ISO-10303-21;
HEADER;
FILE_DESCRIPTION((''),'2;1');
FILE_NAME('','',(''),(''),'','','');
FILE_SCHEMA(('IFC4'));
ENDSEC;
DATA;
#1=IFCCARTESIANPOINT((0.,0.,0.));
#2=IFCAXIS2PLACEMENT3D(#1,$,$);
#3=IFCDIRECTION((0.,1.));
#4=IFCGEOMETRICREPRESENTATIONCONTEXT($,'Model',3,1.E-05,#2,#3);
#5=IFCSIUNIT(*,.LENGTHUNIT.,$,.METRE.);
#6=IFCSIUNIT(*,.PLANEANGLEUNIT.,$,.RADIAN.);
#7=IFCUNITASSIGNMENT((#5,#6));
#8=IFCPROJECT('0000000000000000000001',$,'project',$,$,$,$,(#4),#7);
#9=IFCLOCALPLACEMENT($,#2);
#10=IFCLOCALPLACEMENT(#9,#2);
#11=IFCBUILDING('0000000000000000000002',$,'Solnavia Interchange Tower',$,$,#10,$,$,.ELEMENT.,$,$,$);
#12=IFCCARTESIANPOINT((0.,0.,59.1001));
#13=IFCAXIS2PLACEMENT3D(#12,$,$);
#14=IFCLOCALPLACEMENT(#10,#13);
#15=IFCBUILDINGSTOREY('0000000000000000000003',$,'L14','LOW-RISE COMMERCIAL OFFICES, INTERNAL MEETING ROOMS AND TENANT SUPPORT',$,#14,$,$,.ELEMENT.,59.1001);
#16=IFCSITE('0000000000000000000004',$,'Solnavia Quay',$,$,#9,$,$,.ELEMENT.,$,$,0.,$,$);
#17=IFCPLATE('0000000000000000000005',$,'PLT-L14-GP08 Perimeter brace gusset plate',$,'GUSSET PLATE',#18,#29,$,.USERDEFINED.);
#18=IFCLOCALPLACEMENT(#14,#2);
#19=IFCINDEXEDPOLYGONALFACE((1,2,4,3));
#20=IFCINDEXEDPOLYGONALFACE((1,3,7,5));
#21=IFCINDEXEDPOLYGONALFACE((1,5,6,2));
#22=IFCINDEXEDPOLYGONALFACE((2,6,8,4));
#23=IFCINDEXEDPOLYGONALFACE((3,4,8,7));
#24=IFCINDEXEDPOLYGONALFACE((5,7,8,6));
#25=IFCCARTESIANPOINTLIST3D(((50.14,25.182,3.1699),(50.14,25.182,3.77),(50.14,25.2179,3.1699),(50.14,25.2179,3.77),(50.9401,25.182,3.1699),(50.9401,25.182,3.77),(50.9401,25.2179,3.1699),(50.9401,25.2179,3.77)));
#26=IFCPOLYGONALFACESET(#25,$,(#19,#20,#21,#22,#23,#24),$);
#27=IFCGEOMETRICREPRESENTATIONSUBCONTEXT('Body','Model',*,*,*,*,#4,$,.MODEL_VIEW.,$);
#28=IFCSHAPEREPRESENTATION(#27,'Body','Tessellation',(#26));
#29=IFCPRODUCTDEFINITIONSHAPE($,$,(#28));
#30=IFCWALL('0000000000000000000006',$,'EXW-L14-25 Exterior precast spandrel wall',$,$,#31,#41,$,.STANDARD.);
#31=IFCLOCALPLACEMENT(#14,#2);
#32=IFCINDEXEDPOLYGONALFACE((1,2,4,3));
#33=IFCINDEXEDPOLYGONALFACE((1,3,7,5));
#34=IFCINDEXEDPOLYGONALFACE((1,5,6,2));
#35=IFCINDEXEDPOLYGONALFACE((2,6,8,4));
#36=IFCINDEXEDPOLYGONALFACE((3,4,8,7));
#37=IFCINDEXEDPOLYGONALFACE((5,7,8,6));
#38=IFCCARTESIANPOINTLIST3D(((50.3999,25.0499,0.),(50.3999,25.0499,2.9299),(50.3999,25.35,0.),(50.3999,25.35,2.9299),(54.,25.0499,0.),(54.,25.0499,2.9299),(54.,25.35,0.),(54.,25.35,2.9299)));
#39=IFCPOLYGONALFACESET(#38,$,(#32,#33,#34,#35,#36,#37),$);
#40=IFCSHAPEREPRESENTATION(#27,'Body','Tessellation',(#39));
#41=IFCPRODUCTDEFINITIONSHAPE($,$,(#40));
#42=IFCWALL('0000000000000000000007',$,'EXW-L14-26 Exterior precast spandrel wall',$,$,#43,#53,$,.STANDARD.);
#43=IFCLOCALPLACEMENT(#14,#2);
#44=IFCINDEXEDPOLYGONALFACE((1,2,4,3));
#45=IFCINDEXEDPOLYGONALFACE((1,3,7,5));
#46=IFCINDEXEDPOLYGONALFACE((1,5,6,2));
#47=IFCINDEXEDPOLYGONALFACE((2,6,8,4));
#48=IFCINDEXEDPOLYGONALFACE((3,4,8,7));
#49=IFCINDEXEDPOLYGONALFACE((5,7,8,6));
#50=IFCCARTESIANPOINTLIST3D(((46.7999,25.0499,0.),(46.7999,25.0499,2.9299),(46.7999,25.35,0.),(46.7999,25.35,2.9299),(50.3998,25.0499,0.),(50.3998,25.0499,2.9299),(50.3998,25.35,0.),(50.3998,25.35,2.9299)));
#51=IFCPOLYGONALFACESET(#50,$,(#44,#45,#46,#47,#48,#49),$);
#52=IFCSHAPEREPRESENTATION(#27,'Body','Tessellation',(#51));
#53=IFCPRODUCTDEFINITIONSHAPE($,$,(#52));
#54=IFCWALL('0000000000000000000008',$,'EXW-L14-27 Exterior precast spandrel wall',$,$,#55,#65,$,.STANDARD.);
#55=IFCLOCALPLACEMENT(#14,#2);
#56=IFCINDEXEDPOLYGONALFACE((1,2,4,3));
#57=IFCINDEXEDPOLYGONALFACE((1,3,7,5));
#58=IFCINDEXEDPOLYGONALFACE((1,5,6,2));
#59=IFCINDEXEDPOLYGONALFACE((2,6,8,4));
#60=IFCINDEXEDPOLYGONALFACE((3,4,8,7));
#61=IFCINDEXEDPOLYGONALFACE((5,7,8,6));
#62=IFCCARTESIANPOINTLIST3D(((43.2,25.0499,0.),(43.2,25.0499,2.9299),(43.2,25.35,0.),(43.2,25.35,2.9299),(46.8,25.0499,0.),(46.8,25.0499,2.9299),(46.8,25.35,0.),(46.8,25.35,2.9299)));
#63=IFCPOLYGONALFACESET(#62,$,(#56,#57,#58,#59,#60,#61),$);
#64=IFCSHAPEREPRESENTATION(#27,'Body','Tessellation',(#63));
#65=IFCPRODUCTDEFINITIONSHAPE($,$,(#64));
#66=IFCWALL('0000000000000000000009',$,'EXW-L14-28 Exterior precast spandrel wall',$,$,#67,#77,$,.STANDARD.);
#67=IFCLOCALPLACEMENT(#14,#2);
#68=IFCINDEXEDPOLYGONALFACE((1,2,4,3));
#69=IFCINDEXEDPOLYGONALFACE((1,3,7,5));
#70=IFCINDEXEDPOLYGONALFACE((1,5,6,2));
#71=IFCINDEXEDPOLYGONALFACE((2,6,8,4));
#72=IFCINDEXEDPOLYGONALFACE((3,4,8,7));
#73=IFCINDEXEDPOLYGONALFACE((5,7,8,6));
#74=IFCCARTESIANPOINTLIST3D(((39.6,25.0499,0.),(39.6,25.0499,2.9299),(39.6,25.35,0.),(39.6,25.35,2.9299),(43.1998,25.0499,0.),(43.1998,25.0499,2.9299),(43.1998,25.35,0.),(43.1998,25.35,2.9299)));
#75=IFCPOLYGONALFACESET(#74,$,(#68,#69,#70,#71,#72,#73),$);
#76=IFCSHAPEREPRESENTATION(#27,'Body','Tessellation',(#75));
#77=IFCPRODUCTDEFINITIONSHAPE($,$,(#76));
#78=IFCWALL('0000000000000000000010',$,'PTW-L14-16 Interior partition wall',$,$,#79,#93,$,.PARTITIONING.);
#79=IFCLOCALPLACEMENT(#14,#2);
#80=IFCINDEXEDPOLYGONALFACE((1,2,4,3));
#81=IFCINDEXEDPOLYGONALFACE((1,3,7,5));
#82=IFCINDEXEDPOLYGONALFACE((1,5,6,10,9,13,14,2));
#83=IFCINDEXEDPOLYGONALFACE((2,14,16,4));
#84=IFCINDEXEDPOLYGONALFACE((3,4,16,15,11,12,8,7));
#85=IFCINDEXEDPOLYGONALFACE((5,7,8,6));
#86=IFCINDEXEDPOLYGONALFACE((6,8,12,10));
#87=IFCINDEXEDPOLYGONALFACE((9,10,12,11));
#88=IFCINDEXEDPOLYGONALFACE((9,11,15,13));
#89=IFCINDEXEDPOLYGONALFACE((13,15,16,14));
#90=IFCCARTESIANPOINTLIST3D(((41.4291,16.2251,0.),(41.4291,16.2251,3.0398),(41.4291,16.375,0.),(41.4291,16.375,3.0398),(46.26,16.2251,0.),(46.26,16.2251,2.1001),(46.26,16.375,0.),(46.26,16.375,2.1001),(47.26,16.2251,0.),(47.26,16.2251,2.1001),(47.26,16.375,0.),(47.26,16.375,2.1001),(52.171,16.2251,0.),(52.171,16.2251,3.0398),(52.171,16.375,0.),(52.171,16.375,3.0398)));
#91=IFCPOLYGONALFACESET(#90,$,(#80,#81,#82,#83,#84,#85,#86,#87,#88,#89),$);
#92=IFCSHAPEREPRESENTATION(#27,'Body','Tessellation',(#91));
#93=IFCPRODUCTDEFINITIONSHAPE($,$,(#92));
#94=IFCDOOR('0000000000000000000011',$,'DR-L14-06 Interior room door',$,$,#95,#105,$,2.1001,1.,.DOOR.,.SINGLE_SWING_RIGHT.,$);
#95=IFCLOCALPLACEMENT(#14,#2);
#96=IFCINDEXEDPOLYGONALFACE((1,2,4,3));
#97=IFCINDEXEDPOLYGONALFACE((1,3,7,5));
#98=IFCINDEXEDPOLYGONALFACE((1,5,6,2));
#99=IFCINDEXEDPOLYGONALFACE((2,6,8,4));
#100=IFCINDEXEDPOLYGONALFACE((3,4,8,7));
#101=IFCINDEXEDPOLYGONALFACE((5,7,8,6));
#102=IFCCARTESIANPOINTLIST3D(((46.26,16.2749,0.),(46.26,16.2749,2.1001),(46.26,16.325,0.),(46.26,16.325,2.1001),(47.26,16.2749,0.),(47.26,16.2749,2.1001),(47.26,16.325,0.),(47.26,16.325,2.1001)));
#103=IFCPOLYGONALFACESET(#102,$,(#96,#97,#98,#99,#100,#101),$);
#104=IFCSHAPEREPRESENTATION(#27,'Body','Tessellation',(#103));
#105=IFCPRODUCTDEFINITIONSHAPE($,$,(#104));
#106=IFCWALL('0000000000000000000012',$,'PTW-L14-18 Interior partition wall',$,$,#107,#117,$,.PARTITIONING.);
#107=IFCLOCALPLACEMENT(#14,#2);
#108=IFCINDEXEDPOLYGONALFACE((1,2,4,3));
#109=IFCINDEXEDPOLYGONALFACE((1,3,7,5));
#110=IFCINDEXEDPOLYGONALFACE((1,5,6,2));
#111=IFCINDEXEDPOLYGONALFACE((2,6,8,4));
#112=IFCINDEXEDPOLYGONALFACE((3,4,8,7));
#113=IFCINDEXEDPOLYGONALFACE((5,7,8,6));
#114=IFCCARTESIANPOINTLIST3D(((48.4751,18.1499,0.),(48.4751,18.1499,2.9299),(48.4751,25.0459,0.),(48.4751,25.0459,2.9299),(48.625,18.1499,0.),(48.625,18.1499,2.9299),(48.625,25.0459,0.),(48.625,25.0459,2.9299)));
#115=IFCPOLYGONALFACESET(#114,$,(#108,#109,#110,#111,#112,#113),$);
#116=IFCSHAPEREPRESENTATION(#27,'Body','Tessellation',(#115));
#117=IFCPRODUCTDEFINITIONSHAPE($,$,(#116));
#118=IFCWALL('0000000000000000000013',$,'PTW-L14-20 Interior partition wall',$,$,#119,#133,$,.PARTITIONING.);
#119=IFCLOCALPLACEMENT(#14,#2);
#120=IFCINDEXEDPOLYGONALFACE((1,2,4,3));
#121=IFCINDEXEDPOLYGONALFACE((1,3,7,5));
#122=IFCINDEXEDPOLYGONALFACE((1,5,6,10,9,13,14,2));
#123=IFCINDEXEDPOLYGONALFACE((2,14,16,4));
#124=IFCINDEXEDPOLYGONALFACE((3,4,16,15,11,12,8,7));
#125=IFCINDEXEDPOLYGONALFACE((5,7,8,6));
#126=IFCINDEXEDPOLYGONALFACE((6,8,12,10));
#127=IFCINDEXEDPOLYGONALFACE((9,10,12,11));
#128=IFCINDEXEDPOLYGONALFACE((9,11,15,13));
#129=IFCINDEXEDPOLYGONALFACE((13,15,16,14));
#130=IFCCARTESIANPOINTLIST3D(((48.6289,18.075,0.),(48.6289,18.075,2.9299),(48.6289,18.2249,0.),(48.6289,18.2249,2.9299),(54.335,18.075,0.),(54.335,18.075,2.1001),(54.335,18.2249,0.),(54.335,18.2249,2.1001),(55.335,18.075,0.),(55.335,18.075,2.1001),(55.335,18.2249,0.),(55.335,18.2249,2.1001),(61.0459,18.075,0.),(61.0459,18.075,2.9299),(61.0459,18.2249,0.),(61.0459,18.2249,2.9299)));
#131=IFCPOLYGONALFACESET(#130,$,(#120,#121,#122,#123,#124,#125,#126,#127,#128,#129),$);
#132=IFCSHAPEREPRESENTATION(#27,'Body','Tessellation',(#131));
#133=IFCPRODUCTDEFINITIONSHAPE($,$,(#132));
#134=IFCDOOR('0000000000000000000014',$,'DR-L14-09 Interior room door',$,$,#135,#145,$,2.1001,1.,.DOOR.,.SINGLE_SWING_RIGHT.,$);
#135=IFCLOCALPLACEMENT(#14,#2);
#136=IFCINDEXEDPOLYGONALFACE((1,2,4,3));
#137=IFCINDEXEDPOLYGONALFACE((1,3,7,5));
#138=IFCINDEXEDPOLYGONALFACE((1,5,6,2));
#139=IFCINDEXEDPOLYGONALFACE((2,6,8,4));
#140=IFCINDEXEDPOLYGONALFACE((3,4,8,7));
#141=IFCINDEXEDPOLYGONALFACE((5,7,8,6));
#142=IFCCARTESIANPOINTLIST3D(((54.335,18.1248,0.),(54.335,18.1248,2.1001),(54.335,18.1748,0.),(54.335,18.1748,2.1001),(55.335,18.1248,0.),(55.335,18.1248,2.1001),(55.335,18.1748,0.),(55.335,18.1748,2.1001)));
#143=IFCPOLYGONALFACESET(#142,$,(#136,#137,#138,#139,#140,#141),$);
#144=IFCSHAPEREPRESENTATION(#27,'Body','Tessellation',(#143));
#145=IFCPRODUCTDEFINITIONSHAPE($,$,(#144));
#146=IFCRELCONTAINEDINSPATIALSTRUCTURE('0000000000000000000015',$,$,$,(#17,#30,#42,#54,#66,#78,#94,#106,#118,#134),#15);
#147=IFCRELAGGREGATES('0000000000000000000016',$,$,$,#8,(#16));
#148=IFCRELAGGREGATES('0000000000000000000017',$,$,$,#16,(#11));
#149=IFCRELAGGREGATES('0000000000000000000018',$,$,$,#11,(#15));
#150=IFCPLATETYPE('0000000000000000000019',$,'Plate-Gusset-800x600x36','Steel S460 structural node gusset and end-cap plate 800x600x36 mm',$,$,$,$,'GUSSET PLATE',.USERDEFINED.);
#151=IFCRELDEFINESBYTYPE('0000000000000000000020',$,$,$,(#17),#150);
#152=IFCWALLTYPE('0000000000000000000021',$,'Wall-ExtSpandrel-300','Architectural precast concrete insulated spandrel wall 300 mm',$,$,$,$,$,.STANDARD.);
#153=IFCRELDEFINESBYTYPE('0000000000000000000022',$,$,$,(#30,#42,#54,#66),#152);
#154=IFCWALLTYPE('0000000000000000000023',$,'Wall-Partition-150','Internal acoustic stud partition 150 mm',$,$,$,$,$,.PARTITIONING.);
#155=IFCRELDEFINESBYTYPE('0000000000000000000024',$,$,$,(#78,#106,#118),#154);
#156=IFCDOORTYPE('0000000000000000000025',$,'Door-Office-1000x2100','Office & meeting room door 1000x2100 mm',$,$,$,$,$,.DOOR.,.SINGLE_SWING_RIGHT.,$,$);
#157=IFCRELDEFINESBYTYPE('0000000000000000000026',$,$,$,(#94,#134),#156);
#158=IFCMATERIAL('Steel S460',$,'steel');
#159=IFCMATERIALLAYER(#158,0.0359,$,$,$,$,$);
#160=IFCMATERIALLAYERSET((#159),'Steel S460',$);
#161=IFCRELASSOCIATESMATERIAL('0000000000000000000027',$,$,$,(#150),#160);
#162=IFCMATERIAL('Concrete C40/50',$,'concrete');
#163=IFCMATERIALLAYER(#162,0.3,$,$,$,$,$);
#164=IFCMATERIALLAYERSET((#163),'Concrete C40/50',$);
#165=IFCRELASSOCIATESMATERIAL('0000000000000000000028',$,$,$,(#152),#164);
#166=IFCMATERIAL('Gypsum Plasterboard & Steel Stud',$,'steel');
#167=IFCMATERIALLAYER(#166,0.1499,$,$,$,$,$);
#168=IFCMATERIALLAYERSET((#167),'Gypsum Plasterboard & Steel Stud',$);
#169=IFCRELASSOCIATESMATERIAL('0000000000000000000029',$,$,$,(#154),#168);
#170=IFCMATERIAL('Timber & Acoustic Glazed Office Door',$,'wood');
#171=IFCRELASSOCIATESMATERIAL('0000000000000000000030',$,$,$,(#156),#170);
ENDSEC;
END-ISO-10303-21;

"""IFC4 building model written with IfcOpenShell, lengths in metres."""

from ifc_helpers import new_model, si_unit, direction, frame, frame_2d, origin, origin_2d, place, context, subcontext, project, spatial, rectangle, extrude, material, layer, layer_set, type_object, element, fill, save


model = new_model("IFC4")

# Units and contexts
model_context = context("Model", 3, precision=1e-05, world=origin(), true_north=direction((0.0, 1.0)))
body_context = subcontext(model_context, "Body", "Model", "MODEL_VIEW")
ifc_project = project(units=[si_unit("LENGTHUNIT", "METRE"), si_unit("PLANEANGLEUNIT", "RADIAN")], contexts=[model_context])

# Site, building, storey
site_placement = place(None, origin())
site = spatial("IfcSite", under=ifc_project, at=site_placement, Name="Solnavia Quay", CompositionType="ELEMENT", RefElevation=0.0)
building_placement = place(site_placement, origin())
building = spatial("IfcBuilding", under=site, at=building_placement, Name="Solnavia Interchange Tower", CompositionType="ELEMENT")
storey_placement = place(building_placement, frame((0.0, 0.0, 59.1001)))
storey = spatial("IfcBuildingStorey", under=building, at=storey_placement, Name="L14", Description="LOW-RISE COMMERCIAL OFFICES, INTERNAL MEETING ROOMS AND TENANT SUPPORT", CompositionType="ELEMENT", Elevation=59.1001)

# Plate
ifc_material_1 = material(Name="Steel S460", Category="steel")
ifc_layer_1 = layer(ifc_material_1, 0.0359)
ifc_layer_set_1 = layer_set([ifc_layer_1], Name="Steel S460")
plate_type = type_object("IfcPlateType", Name="Plate-Gusset-800x600x36", Description="Steel S460 structural node gusset and end-cap plate 800x600x36 mm", ElementType="GUSSET PLATE", PredefinedType="USERDEFINED", material=ifc_layer_set_1)
plate_placement = place(storey_placement, frame((50.54, 25.2, 3.1699), z_axis=(0.0, 0.0, 1.0), x_axis=(-1.0, 0.0, 0.0)))
element("IfcPlate", 1, at=plate_placement, inside=storey, type_object=plate_type, Name="PLT-L14-GP08 Perimeter brace gusset plate", ObjectType="GUSSET PLATE", PredefinedType="USERDEFINED", context=body_context, shape_type="SweptSolid", body=[
    extrude(rectangle(XDim=0.8, YDim=0.0359, at=origin_2d()), origin(), (0.0, 0.0, 1.0), 0.6001),
])

# Walls
ifc_material_2 = material(Name="Concrete C40/50", Category="concrete")
ifc_layer_2 = layer(ifc_material_2, 0.3)
ifc_layer_set_2 = layer_set([ifc_layer_2], Name="Concrete C40/50")
wall_type_1 = type_object("IfcWallType", Name="Wall-ExtSpandrel-300", Description="Architectural precast concrete insulated spandrel wall 300 mm", PredefinedType="STANDARD", material=ifc_layer_set_2)
wall_1_placement = place(storey_placement, frame((50.3999, 25.2, 0.0), z_axis=(0.0, 0.0, 1.0), x_axis=(1.0, 0.0, 0.0)))
element("IfcWall", 2, at=wall_1_placement, inside=storey, type_object=wall_type_1, Name="EXW-L14-25 Exterior precast spandrel wall", PredefinedType="STANDARD", context=body_context, shape_type="SweptSolid", body=[
    extrude(rectangle(XDim=3.6001, YDim=0.3, at=frame_2d((1.8, 0.0))), origin(), (0.0, 0.0, 1.0), 2.9299),
])
wall_2_placement = place(storey_placement, frame((46.8, 25.2, 0.0), z_axis=(0.0, 0.0, 1.0), x_axis=(1.0, 0.0, 0.0)))
element("IfcWall", 3, at=wall_2_placement, inside=storey, type_object=wall_type_1, Name="EXW-L14-26 Exterior precast spandrel wall", PredefinedType="STANDARD", context=body_context, shape_type="SweptSolid", body=[
    extrude(rectangle(XDim=3.5999, YDim=0.3, at=frame_2d((1.7998, 0.0))), origin(), (0.0, 0.0, 1.0), 2.9299),
])
wall_3_placement = place(storey_placement, frame((43.2, 25.2, 0.0), z_axis=(0.0, 0.0, 1.0), x_axis=(1.0, 0.0, 0.0)))
element("IfcWall", 4, at=wall_3_placement, inside=storey, type_object=wall_type_1, Name="EXW-L14-27 Exterior precast spandrel wall", PredefinedType="STANDARD", context=body_context, shape_type="SweptSolid", body=[
    extrude(rectangle(XDim=3.6001, YDim=0.3, at=frame_2d((1.8, 0.0))), origin(), (0.0, 0.0, 1.0), 2.9299),
])
wall_4_placement = place(storey_placement, frame((39.6001, 25.2, 0.0), z_axis=(0.0, 0.0, 1.0), x_axis=(1.0, 0.0, 0.0)))
element("IfcWall", 5, at=wall_4_placement, inside=storey, type_object=wall_type_1, Name="EXW-L14-28 Exterior precast spandrel wall", PredefinedType="STANDARD", context=body_context, shape_type="SweptSolid", body=[
    extrude(rectangle(XDim=3.5999, YDim=0.3, at=frame_2d((1.7998, 0.0))), origin(), (0.0, 0.0, 1.0), 2.9299),
])

# Wall, opening, door
ifc_material_3 = material(Name="Gypsum Plasterboard & Steel Stud", Category="steel")
ifc_layer_3 = layer(ifc_material_3, 0.1499)
ifc_layer_set_3 = layer_set([ifc_layer_3], Name="Gypsum Plasterboard & Steel Stud")
wall_type_2 = type_object("IfcWallType", Name="Wall-Partition-150", Description="Internal acoustic stud partition 150 mm", PredefinedType="PARTITIONING", material=ifc_layer_set_3)
wall_5_placement = place(storey_placement, frame((41.429, 16.3, 0.0), z_axis=(0.0, 0.0, 1.0), x_axis=(1.0, 0.0, 0.0)))
wall_5 = element("IfcWall", 6, at=wall_5_placement, inside=storey, type_object=wall_type_2, Name="PTW-L14-16 Interior partition wall", PredefinedType="PARTITIONING", context=body_context, shape_type="SweptSolid", body=[
    extrude(rectangle(XDim=10.7419, YDim=0.1499, at=frame_2d((5.3711, 0.0))), origin(), (0.0, 0.0, 1.0), 3.0398),
])
opening_1_placement = place(wall_5_placement, frame((4.8311, 0.0, 0.0)))
opening_1 = element("IfcOpeningElement", 7, at=opening_1_placement, cuts=wall_5, PredefinedType="OPENING", context=body_context, shape_type="SweptSolid", body=[
    extrude(rectangle(XDim=1.0, YDim=2.1001, at=frame_2d((0.5, 1.05))), frame((0.0, 0.085, 0.0), z_axis=(0.0, -1.0, 0.0), x_axis=(1.0, 0.0, 0.0)), (0.0, 0.0, 1.0), 0.1699),
])
ifc_material_4 = material(Name="Timber & Acoustic Glazed Office Door", Category="wood")
door_type = type_object("IfcDoorType", Name="Door-Office-1000x2100", Description="Office & meeting room door 1000x2100 mm", OperationType="SINGLE_SWING_RIGHT", PredefinedType="DOOR", material=ifc_material_4)
door_1_placement = place(opening_1_placement, origin())
door_1 = element("IfcDoor", 8, at=door_1_placement, inside=storey, type_object=door_type, Name="DR-L14-06 Interior room door", OperationType="SINGLE_SWING_RIGHT", OverallHeight=2.1001, OverallWidth=1.0, PredefinedType="DOOR", context=body_context, shape_type="SweptSolid", body=[
    extrude(rectangle(XDim=1.0, YDim=2.1001, at=frame_2d((0.5, 1.05))), frame((0.0, 0.0249, 0.0), z_axis=(0.0, -1.0, 0.0), x_axis=(1.0, 0.0, 0.0)), (0.0, 0.0, 1.0), 0.05),
])
fill(opening_1, door_1)

# Wall
wall_6_placement = place(storey_placement, frame((48.55, 18.1499, 0.0), z_axis=(0.0, 0.0, 1.0), x_axis=(0.0, 1.0, 0.0)))
element("IfcWall", 9, at=wall_6_placement, inside=storey, type_object=wall_type_2, Name="PTW-L14-18 Interior partition wall", PredefinedType="PARTITIONING", context=body_context, shape_type="SweptSolid", body=[
    extrude(rectangle(XDim=6.896, YDim=0.1499, at=frame_2d((3.448, 0.0))), origin(), (0.0, 0.0, 1.0), 2.9299),
])

# Wall, opening, door
wall_7_placement = place(storey_placement, frame((48.6289, 18.1499, 0.0), z_axis=(0.0, 0.0, 1.0), x_axis=(1.0, 0.0, 0.0)))
wall_7 = element("IfcWall", 10, at=wall_7_placement, inside=storey, type_object=wall_type_2, Name="PTW-L14-20 Interior partition wall", PredefinedType="PARTITIONING", context=body_context, shape_type="SweptSolid", body=[
    extrude(rectangle(XDim=12.417, YDim=0.1499, at=frame_2d((6.2085, 0.0))), origin(), (0.0, 0.0, 1.0), 2.9299),
])
opening_2_placement = place(wall_7_placement, frame((5.7061, 0.0, 0.0)))
opening_2 = element("IfcOpeningElement", 11, at=opening_2_placement, cuts=wall_7, PredefinedType="OPENING", context=body_context, shape_type="SweptSolid", body=[
    extrude(rectangle(XDim=1.0, YDim=2.1001, at=frame_2d((0.5, 1.05))), frame((0.0, 0.085, 0.0), z_axis=(0.0, -1.0, 0.0), x_axis=(1.0, 0.0, 0.0)), (0.0, 0.0, 1.0), 0.1699),
])
door_2_placement = place(opening_2_placement, origin())
door_2 = element("IfcDoor", 12, at=door_2_placement, inside=storey, type_object=door_type, Name="DR-L14-09 Interior room door", OperationType="SINGLE_SWING_RIGHT", OverallHeight=2.1001, OverallWidth=1.0, PredefinedType="DOOR", context=body_context, shape_type="SweptSolid", body=[
    extrude(rectangle(XDim=1.0, YDim=2.1001, at=frame_2d((0.5, 1.05))), frame((0.0, 0.0249, 0.0), z_axis=(0.0, -1.0, 0.0), x_axis=(1.0, 0.0, 0.0)), (0.0, 0.0, 1.0), 0.05),
])
fill(opening_2, door_2)

save(model, "model.ifc")
